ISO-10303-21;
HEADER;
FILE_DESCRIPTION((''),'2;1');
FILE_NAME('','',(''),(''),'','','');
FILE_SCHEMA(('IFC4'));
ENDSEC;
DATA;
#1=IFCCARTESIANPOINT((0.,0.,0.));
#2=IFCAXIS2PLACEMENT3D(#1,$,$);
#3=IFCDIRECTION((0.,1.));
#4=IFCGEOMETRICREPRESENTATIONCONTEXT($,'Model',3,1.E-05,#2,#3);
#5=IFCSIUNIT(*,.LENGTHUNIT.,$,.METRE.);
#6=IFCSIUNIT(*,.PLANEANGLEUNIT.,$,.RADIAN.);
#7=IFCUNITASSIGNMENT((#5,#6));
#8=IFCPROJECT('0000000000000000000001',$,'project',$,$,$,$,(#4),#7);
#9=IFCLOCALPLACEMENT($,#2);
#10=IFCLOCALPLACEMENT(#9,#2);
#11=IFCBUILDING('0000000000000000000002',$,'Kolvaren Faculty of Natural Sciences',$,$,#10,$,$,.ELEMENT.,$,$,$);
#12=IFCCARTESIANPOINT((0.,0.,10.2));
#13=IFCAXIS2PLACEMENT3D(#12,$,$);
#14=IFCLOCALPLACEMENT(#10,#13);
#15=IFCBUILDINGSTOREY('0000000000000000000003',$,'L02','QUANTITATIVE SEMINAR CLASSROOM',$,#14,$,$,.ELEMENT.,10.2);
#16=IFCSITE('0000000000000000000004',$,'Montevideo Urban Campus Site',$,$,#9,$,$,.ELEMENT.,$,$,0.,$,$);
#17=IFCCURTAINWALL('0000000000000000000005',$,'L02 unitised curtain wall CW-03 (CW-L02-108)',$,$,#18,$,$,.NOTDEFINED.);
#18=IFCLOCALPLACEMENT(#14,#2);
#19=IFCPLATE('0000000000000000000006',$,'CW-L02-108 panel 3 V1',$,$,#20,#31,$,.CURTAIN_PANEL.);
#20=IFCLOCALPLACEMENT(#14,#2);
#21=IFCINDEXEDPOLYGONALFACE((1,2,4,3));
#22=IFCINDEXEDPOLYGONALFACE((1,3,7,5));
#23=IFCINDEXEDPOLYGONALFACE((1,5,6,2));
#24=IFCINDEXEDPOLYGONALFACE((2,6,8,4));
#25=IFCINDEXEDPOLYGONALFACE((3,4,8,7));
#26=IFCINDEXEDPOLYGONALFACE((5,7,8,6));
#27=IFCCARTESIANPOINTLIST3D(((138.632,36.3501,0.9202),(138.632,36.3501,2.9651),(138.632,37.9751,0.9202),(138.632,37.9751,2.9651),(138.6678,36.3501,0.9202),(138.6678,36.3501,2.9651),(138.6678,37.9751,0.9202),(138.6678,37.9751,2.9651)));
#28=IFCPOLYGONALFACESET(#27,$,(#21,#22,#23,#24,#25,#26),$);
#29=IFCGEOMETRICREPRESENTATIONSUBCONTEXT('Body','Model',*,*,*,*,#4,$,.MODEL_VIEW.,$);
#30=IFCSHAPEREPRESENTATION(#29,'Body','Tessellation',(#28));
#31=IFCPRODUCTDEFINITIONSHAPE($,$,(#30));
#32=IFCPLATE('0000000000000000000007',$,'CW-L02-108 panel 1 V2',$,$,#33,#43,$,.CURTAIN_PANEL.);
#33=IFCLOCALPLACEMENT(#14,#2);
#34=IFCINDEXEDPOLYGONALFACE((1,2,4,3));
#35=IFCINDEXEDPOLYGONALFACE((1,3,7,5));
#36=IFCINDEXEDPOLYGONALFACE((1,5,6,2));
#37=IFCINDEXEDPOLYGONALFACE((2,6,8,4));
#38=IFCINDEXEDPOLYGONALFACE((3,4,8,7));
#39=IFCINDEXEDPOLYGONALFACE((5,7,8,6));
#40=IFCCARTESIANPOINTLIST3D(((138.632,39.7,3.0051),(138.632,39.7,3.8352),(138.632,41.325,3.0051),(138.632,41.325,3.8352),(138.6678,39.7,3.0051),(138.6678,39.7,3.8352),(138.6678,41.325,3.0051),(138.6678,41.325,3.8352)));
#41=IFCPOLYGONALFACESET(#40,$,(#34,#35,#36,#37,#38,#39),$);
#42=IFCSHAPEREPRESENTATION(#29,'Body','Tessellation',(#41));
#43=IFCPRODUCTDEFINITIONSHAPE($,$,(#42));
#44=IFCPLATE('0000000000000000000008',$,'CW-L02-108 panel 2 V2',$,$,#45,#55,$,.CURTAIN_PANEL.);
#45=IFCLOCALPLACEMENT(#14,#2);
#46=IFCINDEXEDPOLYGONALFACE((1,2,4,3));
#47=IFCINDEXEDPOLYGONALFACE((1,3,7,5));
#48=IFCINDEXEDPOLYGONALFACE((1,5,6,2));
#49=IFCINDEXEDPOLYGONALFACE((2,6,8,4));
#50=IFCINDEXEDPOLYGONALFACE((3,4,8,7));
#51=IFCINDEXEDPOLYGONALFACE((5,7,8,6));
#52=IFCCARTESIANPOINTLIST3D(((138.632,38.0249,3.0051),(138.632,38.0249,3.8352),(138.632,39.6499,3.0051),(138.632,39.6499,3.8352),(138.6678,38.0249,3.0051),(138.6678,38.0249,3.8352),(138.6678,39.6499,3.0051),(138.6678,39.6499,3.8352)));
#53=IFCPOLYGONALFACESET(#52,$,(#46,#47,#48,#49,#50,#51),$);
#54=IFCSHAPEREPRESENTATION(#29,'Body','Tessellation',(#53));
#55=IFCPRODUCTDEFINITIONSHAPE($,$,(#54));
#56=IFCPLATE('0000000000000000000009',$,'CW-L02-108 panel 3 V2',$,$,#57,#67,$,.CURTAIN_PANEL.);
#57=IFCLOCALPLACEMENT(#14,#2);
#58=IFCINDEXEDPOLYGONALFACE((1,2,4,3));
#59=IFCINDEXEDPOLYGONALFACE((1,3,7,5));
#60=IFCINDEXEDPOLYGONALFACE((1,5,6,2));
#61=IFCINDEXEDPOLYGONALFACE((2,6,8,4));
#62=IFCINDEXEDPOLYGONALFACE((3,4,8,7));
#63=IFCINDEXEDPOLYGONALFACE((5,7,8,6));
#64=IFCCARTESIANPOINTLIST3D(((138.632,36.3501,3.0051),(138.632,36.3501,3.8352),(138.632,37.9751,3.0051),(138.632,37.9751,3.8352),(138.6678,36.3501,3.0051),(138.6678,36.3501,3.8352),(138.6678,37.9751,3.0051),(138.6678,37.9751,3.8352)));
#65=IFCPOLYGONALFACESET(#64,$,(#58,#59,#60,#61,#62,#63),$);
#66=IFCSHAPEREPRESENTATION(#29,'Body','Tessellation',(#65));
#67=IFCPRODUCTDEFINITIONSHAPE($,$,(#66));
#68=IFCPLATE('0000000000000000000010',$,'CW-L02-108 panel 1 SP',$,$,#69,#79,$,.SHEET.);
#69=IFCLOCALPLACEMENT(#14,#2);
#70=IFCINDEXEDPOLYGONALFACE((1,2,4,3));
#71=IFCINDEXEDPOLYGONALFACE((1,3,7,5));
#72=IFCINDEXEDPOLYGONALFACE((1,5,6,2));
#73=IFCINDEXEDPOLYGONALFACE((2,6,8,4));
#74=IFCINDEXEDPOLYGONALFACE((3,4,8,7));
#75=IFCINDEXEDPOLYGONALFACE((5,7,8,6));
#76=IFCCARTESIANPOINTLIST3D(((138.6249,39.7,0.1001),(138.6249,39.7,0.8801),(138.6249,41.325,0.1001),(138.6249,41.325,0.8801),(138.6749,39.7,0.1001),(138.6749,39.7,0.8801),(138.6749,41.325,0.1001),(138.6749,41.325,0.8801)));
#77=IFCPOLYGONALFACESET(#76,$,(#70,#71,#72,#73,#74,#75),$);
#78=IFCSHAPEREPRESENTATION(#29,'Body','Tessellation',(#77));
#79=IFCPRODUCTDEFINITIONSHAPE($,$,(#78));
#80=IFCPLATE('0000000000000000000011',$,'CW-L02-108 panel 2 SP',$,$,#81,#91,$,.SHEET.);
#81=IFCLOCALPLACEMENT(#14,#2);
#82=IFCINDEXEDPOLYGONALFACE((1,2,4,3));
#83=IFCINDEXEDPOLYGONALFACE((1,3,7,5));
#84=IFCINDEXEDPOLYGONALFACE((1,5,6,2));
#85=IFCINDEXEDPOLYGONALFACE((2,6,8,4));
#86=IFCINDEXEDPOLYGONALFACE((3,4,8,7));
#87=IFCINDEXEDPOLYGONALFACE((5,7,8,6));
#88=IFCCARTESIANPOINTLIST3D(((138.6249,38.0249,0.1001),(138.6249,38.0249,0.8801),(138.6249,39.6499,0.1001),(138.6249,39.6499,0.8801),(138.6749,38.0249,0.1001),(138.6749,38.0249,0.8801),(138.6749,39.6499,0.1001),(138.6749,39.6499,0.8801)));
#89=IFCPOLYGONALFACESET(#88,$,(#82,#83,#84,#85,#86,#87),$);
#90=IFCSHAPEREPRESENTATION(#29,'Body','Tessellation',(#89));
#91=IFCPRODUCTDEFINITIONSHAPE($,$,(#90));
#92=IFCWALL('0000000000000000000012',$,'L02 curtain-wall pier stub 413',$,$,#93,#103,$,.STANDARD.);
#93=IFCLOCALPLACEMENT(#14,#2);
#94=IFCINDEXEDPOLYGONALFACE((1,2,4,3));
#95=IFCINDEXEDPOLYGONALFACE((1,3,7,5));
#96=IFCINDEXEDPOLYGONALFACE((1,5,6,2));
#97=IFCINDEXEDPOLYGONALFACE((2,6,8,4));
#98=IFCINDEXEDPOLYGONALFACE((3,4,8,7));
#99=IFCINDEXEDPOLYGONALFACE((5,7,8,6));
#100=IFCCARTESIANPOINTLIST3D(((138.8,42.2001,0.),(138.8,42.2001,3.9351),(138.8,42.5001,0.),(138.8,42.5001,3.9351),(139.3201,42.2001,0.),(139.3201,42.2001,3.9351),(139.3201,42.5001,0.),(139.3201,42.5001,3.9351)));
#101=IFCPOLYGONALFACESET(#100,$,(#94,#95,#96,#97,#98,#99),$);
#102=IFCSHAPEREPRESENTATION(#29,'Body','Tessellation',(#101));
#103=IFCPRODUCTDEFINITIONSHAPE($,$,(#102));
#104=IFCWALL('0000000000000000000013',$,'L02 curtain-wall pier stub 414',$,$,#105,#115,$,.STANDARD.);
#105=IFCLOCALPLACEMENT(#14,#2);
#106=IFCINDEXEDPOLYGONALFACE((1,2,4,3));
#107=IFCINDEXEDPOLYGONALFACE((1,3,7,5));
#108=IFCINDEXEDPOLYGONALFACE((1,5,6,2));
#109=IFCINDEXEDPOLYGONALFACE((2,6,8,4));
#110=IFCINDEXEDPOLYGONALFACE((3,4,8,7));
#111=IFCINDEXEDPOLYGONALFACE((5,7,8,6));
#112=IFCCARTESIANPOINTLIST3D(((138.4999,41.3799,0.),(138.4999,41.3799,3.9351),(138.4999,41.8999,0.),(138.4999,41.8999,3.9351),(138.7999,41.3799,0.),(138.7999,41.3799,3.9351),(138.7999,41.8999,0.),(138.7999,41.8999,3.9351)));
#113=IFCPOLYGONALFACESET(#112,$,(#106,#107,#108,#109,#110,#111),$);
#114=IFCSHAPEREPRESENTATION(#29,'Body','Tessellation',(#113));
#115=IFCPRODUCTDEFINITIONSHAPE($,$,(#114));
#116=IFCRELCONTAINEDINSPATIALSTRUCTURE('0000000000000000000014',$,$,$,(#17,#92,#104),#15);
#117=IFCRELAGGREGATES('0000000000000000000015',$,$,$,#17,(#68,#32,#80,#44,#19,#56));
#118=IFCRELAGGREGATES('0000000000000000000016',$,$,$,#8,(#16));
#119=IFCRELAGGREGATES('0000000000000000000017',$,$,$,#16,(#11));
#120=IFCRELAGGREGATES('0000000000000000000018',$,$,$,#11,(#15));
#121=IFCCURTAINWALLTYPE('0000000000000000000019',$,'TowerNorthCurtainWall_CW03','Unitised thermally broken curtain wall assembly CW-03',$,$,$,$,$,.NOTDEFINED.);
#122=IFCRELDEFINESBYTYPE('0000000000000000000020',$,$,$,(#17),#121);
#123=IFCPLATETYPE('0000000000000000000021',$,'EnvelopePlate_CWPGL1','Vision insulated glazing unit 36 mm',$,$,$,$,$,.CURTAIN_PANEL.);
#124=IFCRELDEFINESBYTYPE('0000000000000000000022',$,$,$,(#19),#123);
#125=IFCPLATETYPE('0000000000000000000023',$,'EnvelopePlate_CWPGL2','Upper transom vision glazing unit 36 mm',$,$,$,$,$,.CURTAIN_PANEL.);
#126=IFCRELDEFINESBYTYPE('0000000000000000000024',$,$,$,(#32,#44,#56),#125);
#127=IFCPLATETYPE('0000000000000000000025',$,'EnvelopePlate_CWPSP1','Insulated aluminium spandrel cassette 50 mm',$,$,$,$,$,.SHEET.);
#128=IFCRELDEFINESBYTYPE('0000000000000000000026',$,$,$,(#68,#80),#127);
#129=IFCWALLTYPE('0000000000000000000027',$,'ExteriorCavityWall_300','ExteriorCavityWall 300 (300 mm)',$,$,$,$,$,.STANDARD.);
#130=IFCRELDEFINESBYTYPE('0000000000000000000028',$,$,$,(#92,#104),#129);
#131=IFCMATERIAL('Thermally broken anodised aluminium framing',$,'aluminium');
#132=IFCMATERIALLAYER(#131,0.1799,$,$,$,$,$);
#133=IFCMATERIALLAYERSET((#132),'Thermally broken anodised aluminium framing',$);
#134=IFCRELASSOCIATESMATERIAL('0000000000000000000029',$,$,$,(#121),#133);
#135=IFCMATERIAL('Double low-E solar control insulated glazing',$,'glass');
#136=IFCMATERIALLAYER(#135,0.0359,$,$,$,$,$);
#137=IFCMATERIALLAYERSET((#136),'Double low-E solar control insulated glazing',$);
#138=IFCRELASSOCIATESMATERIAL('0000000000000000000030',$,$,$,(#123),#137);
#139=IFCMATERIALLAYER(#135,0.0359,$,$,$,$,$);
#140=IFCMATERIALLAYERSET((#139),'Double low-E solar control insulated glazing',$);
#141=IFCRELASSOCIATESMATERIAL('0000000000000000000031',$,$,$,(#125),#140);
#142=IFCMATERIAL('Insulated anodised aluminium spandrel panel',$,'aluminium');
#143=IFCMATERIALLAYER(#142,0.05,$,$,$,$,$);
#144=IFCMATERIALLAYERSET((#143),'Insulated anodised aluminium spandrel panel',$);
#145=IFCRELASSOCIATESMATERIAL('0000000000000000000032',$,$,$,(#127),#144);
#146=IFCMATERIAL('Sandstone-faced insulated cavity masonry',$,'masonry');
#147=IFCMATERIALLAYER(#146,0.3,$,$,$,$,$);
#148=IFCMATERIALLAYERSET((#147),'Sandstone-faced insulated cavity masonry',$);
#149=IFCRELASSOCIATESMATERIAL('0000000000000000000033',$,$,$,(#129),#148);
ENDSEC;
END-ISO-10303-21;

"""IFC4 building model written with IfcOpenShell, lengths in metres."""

from ifc_helpers import new_model, si_unit, direction, frame, frame_2d, origin, origin_2d, place, context, subcontext, project, spatial, rectangle, extrude, material, layer, layer_set, type_object, element, aggregate, save


model = new_model("IFC4")

# Units and contexts
model_context = context("Model", 3, precision=1e-05, world=origin(), true_north=direction((0.0, 1.0)))
body_context = subcontext(model_context, "Body", "Model", "MODEL_VIEW")
ifc_project = project(units=[si_unit("LENGTHUNIT", "METRE"), si_unit("PLANEANGLEUNIT", "RADIAN")], contexts=[model_context])

# Site, building, storey
site_placement = place(None, origin())
site = spatial("IfcSite", under=ifc_project, at=site_placement, Name="Montevideo Urban Campus Site", CompositionType="ELEMENT", RefElevation=0.0)
building_placement = place(site_placement, origin())
building = spatial("IfcBuilding", under=site, at=building_placement, Name="Kolvaren Faculty of Natural Sciences", CompositionType="ELEMENT")
storey_placement = place(building_placement, frame((0.0, 0.0, 10.2)))
storey = spatial("IfcBuildingStorey", under=building, at=storey_placement, Name="L02", Description="QUANTITATIVE SEMINAR CLASSROOM", CompositionType="ELEMENT", Elevation=10.2)

# Shared definitions
ifc_material_1 = material(Name="Thermally broken anodised aluminium framing", Category="aluminium")

# Curtain wall
ifc_layer_1 = layer(ifc_material_1, 0.1799)
ifc_layer_set_1 = layer_set([ifc_layer_1], Name="Thermally broken anodised aluminium framing")
curtain_wall_type_1 = type_object("IfcCurtainWallType", Name="TowerNorthCurtainWall_CW03", Description="Unitised thermally broken curtain wall assembly CW-03", PredefinedType="NOTDEFINED", material=ifc_layer_set_1)
curtain_wall_1_placement = place(storey_placement, origin())
curtain_wall_1 = element("IfcCurtainWall", 1, at=curtain_wall_1_placement, inside=storey, type_object=curtain_wall_type_1, Name="L02 unitised curtain wall CW-03 (CW-L02-108)", PredefinedType="NOTDEFINED")

# Plates
ifc_material_2 = material(Name="Double low-E solar control insulated glazing", Category="glass")
ifc_layer_2 = layer(ifc_material_2, 0.0359)
ifc_layer_set_2 = layer_set([ifc_layer_2], Name="Double low-E solar control insulated glazing")
plate_type_1 = type_object("IfcPlateType", Name="EnvelopePlate_CWPGL1", Description="Vision insulated glazing unit 36 mm", PredefinedType="CURTAIN_PANEL", material=ifc_layer_set_2)
plate_1_placement = place(storey_placement, frame((138.6499, 37.1626, 0.9202), z_axis=(0.0, 0.0, 1.0), x_axis=(0.0, -1.0, 0.0)))
plate_1 = element("IfcPlate", 2, at=plate_1_placement, type_object=plate_type_1, Name="CW-L02-108 panel 3 V1", PredefinedType="CURTAIN_PANEL", context=body_context, shape_type="SweptSolid", body=[
    extrude(rectangle(XDim=1.625, YDim=0.0359, at=origin_2d()), origin(), (0.0, 0.0, 1.0), 2.0449),
])
ifc_layer_3 = layer(ifc_material_2, 0.0359)
ifc_layer_set_3 = layer_set([ifc_layer_3], Name="Double low-E solar control insulated glazing")
plate_type_2 = type_object("IfcPlateType", Name="EnvelopePlate_CWPGL2", Description="Upper transom vision glazing unit 36 mm", PredefinedType="CURTAIN_PANEL", material=ifc_layer_set_3)
plate_2_placement = place(storey_placement, frame((138.6499, 40.5125, 3.0051), z_axis=(0.0, 0.0, 1.0), x_axis=(0.0, -1.0, 0.0)))
plate_2 = element("IfcPlate", 3, at=plate_2_placement, type_object=plate_type_2, Name="CW-L02-108 panel 1 V2", PredefinedType="CURTAIN_PANEL", context=body_context, shape_type="SweptSolid", body=[
    extrude(rectangle(XDim=1.625, YDim=0.0359, at=origin_2d()), origin(), (0.0, 0.0, 1.0), 0.8301),
])
plate_3_placement = place(storey_placement, frame((138.6499, 38.8374, 3.0051), z_axis=(0.0, 0.0, 1.0), x_axis=(0.0, -1.0, 0.0)))
plate_3 = element("IfcPlate", 4, at=plate_3_placement, type_object=plate_type_2, Name="CW-L02-108 panel 2 V2", PredefinedType="CURTAIN_PANEL", context=body_context, shape_type="SweptSolid", body=[
    extrude(rectangle(XDim=1.625, YDim=0.0359, at=origin_2d()), origin(), (0.0, 0.0, 1.0), 0.8301),
])
plate_4_placement = place(storey_placement, frame((138.6499, 37.1626, 3.0051), z_axis=(0.0, 0.0, 1.0), x_axis=(0.0, -1.0, 0.0)))
plate_4 = element("IfcPlate", 5, at=plate_4_placement, type_object=plate_type_2, Name="CW-L02-108 panel 3 V2", PredefinedType="CURTAIN_PANEL", context=body_context, shape_type="SweptSolid", body=[
    extrude(rectangle(XDim=1.625, YDim=0.0359, at=origin_2d()), origin(), (0.0, 0.0, 1.0), 0.8301),
])
ifc_material_3 = material(Name="Insulated anodised aluminium spandrel panel", Category="aluminium")
ifc_layer_4 = layer(ifc_material_3, 0.05)
ifc_layer_set_4 = layer_set([ifc_layer_4], Name="Insulated anodised aluminium spandrel panel")
plate_type_3 = type_object("IfcPlateType", Name="EnvelopePlate_CWPSP1", Description="Insulated aluminium spandrel cassette 50 mm", PredefinedType="SHEET", material=ifc_layer_set_4)
plate_5_placement = place(storey_placement, frame((138.6499, 40.5125, 0.1001), z_axis=(0.0, 0.0, 1.0), x_axis=(0.0, -1.0, 0.0)))
plate_5 = element("IfcPlate", 6, at=plate_5_placement, type_object=plate_type_3, Name="CW-L02-108 panel 1 SP", PredefinedType="SHEET", context=body_context, shape_type="SweptSolid", body=[
    extrude(rectangle(XDim=1.625, YDim=0.05, at=origin_2d()), origin(), (0.0, 0.0, 1.0), 0.78),
])
plate_6_placement = place(storey_placement, frame((138.6499, 38.8374, 0.1001), z_axis=(0.0, 0.0, 1.0), x_axis=(0.0, -1.0, 0.0)))
plate_6 = element("IfcPlate", 7, at=plate_6_placement, type_object=plate_type_3, Name="CW-L02-108 panel 2 SP", PredefinedType="SHEET", context=body_context, shape_type="SweptSolid", body=[
    extrude(rectangle(XDim=1.625, YDim=0.05, at=origin_2d()), origin(), (0.0, 0.0, 1.0), 0.78),
])
aggregate(curtain_wall_1, [plate_5, plate_2, plate_6, plate_3, plate_1, plate_4])

# Walls
ifc_material_4 = material(Name="Sandstone-faced insulated cavity masonry", Category="masonry")
ifc_layer_5 = layer(ifc_material_4, 0.3)
ifc_layer_set_5 = layer_set([ifc_layer_5], Name="Sandstone-faced insulated cavity masonry")
wall_type = type_object("IfcWallType", Name="ExteriorCavityWall_300", Description="ExteriorCavityWall 300 (300 mm)", PredefinedType="STANDARD", material=ifc_layer_set_5)
for number, where, z_axis, x_axis, name in (
    (8, (139.3201, 42.3501, 0.0), (0.0, 0.0, 1.0), (-1.0, 0.0, 0.0), "L02 curtain-wall pier stub 413"),
    (9, (138.6499, 41.8999, 0.0), (0.0, 0.0, 1.0), (0.0, -1.0, 0.0), "L02 curtain-wall pier stub 414"),
):
    element("IfcWall", number, at=place(storey_placement, frame(where, z_axis=z_axis, x_axis=x_axis)), inside=storey, type_object=wall_type, Name=name, PredefinedType="STANDARD", context=body_context, shape_type="SweptSolid", body=[
        extrude(rectangle(XDim=0.52, YDim=0.3, at=frame_2d((0.26, 0.0))), origin(), (0.0, 0.0, 1.0), 3.9351),
    ])

save(model, "model.ifc")
